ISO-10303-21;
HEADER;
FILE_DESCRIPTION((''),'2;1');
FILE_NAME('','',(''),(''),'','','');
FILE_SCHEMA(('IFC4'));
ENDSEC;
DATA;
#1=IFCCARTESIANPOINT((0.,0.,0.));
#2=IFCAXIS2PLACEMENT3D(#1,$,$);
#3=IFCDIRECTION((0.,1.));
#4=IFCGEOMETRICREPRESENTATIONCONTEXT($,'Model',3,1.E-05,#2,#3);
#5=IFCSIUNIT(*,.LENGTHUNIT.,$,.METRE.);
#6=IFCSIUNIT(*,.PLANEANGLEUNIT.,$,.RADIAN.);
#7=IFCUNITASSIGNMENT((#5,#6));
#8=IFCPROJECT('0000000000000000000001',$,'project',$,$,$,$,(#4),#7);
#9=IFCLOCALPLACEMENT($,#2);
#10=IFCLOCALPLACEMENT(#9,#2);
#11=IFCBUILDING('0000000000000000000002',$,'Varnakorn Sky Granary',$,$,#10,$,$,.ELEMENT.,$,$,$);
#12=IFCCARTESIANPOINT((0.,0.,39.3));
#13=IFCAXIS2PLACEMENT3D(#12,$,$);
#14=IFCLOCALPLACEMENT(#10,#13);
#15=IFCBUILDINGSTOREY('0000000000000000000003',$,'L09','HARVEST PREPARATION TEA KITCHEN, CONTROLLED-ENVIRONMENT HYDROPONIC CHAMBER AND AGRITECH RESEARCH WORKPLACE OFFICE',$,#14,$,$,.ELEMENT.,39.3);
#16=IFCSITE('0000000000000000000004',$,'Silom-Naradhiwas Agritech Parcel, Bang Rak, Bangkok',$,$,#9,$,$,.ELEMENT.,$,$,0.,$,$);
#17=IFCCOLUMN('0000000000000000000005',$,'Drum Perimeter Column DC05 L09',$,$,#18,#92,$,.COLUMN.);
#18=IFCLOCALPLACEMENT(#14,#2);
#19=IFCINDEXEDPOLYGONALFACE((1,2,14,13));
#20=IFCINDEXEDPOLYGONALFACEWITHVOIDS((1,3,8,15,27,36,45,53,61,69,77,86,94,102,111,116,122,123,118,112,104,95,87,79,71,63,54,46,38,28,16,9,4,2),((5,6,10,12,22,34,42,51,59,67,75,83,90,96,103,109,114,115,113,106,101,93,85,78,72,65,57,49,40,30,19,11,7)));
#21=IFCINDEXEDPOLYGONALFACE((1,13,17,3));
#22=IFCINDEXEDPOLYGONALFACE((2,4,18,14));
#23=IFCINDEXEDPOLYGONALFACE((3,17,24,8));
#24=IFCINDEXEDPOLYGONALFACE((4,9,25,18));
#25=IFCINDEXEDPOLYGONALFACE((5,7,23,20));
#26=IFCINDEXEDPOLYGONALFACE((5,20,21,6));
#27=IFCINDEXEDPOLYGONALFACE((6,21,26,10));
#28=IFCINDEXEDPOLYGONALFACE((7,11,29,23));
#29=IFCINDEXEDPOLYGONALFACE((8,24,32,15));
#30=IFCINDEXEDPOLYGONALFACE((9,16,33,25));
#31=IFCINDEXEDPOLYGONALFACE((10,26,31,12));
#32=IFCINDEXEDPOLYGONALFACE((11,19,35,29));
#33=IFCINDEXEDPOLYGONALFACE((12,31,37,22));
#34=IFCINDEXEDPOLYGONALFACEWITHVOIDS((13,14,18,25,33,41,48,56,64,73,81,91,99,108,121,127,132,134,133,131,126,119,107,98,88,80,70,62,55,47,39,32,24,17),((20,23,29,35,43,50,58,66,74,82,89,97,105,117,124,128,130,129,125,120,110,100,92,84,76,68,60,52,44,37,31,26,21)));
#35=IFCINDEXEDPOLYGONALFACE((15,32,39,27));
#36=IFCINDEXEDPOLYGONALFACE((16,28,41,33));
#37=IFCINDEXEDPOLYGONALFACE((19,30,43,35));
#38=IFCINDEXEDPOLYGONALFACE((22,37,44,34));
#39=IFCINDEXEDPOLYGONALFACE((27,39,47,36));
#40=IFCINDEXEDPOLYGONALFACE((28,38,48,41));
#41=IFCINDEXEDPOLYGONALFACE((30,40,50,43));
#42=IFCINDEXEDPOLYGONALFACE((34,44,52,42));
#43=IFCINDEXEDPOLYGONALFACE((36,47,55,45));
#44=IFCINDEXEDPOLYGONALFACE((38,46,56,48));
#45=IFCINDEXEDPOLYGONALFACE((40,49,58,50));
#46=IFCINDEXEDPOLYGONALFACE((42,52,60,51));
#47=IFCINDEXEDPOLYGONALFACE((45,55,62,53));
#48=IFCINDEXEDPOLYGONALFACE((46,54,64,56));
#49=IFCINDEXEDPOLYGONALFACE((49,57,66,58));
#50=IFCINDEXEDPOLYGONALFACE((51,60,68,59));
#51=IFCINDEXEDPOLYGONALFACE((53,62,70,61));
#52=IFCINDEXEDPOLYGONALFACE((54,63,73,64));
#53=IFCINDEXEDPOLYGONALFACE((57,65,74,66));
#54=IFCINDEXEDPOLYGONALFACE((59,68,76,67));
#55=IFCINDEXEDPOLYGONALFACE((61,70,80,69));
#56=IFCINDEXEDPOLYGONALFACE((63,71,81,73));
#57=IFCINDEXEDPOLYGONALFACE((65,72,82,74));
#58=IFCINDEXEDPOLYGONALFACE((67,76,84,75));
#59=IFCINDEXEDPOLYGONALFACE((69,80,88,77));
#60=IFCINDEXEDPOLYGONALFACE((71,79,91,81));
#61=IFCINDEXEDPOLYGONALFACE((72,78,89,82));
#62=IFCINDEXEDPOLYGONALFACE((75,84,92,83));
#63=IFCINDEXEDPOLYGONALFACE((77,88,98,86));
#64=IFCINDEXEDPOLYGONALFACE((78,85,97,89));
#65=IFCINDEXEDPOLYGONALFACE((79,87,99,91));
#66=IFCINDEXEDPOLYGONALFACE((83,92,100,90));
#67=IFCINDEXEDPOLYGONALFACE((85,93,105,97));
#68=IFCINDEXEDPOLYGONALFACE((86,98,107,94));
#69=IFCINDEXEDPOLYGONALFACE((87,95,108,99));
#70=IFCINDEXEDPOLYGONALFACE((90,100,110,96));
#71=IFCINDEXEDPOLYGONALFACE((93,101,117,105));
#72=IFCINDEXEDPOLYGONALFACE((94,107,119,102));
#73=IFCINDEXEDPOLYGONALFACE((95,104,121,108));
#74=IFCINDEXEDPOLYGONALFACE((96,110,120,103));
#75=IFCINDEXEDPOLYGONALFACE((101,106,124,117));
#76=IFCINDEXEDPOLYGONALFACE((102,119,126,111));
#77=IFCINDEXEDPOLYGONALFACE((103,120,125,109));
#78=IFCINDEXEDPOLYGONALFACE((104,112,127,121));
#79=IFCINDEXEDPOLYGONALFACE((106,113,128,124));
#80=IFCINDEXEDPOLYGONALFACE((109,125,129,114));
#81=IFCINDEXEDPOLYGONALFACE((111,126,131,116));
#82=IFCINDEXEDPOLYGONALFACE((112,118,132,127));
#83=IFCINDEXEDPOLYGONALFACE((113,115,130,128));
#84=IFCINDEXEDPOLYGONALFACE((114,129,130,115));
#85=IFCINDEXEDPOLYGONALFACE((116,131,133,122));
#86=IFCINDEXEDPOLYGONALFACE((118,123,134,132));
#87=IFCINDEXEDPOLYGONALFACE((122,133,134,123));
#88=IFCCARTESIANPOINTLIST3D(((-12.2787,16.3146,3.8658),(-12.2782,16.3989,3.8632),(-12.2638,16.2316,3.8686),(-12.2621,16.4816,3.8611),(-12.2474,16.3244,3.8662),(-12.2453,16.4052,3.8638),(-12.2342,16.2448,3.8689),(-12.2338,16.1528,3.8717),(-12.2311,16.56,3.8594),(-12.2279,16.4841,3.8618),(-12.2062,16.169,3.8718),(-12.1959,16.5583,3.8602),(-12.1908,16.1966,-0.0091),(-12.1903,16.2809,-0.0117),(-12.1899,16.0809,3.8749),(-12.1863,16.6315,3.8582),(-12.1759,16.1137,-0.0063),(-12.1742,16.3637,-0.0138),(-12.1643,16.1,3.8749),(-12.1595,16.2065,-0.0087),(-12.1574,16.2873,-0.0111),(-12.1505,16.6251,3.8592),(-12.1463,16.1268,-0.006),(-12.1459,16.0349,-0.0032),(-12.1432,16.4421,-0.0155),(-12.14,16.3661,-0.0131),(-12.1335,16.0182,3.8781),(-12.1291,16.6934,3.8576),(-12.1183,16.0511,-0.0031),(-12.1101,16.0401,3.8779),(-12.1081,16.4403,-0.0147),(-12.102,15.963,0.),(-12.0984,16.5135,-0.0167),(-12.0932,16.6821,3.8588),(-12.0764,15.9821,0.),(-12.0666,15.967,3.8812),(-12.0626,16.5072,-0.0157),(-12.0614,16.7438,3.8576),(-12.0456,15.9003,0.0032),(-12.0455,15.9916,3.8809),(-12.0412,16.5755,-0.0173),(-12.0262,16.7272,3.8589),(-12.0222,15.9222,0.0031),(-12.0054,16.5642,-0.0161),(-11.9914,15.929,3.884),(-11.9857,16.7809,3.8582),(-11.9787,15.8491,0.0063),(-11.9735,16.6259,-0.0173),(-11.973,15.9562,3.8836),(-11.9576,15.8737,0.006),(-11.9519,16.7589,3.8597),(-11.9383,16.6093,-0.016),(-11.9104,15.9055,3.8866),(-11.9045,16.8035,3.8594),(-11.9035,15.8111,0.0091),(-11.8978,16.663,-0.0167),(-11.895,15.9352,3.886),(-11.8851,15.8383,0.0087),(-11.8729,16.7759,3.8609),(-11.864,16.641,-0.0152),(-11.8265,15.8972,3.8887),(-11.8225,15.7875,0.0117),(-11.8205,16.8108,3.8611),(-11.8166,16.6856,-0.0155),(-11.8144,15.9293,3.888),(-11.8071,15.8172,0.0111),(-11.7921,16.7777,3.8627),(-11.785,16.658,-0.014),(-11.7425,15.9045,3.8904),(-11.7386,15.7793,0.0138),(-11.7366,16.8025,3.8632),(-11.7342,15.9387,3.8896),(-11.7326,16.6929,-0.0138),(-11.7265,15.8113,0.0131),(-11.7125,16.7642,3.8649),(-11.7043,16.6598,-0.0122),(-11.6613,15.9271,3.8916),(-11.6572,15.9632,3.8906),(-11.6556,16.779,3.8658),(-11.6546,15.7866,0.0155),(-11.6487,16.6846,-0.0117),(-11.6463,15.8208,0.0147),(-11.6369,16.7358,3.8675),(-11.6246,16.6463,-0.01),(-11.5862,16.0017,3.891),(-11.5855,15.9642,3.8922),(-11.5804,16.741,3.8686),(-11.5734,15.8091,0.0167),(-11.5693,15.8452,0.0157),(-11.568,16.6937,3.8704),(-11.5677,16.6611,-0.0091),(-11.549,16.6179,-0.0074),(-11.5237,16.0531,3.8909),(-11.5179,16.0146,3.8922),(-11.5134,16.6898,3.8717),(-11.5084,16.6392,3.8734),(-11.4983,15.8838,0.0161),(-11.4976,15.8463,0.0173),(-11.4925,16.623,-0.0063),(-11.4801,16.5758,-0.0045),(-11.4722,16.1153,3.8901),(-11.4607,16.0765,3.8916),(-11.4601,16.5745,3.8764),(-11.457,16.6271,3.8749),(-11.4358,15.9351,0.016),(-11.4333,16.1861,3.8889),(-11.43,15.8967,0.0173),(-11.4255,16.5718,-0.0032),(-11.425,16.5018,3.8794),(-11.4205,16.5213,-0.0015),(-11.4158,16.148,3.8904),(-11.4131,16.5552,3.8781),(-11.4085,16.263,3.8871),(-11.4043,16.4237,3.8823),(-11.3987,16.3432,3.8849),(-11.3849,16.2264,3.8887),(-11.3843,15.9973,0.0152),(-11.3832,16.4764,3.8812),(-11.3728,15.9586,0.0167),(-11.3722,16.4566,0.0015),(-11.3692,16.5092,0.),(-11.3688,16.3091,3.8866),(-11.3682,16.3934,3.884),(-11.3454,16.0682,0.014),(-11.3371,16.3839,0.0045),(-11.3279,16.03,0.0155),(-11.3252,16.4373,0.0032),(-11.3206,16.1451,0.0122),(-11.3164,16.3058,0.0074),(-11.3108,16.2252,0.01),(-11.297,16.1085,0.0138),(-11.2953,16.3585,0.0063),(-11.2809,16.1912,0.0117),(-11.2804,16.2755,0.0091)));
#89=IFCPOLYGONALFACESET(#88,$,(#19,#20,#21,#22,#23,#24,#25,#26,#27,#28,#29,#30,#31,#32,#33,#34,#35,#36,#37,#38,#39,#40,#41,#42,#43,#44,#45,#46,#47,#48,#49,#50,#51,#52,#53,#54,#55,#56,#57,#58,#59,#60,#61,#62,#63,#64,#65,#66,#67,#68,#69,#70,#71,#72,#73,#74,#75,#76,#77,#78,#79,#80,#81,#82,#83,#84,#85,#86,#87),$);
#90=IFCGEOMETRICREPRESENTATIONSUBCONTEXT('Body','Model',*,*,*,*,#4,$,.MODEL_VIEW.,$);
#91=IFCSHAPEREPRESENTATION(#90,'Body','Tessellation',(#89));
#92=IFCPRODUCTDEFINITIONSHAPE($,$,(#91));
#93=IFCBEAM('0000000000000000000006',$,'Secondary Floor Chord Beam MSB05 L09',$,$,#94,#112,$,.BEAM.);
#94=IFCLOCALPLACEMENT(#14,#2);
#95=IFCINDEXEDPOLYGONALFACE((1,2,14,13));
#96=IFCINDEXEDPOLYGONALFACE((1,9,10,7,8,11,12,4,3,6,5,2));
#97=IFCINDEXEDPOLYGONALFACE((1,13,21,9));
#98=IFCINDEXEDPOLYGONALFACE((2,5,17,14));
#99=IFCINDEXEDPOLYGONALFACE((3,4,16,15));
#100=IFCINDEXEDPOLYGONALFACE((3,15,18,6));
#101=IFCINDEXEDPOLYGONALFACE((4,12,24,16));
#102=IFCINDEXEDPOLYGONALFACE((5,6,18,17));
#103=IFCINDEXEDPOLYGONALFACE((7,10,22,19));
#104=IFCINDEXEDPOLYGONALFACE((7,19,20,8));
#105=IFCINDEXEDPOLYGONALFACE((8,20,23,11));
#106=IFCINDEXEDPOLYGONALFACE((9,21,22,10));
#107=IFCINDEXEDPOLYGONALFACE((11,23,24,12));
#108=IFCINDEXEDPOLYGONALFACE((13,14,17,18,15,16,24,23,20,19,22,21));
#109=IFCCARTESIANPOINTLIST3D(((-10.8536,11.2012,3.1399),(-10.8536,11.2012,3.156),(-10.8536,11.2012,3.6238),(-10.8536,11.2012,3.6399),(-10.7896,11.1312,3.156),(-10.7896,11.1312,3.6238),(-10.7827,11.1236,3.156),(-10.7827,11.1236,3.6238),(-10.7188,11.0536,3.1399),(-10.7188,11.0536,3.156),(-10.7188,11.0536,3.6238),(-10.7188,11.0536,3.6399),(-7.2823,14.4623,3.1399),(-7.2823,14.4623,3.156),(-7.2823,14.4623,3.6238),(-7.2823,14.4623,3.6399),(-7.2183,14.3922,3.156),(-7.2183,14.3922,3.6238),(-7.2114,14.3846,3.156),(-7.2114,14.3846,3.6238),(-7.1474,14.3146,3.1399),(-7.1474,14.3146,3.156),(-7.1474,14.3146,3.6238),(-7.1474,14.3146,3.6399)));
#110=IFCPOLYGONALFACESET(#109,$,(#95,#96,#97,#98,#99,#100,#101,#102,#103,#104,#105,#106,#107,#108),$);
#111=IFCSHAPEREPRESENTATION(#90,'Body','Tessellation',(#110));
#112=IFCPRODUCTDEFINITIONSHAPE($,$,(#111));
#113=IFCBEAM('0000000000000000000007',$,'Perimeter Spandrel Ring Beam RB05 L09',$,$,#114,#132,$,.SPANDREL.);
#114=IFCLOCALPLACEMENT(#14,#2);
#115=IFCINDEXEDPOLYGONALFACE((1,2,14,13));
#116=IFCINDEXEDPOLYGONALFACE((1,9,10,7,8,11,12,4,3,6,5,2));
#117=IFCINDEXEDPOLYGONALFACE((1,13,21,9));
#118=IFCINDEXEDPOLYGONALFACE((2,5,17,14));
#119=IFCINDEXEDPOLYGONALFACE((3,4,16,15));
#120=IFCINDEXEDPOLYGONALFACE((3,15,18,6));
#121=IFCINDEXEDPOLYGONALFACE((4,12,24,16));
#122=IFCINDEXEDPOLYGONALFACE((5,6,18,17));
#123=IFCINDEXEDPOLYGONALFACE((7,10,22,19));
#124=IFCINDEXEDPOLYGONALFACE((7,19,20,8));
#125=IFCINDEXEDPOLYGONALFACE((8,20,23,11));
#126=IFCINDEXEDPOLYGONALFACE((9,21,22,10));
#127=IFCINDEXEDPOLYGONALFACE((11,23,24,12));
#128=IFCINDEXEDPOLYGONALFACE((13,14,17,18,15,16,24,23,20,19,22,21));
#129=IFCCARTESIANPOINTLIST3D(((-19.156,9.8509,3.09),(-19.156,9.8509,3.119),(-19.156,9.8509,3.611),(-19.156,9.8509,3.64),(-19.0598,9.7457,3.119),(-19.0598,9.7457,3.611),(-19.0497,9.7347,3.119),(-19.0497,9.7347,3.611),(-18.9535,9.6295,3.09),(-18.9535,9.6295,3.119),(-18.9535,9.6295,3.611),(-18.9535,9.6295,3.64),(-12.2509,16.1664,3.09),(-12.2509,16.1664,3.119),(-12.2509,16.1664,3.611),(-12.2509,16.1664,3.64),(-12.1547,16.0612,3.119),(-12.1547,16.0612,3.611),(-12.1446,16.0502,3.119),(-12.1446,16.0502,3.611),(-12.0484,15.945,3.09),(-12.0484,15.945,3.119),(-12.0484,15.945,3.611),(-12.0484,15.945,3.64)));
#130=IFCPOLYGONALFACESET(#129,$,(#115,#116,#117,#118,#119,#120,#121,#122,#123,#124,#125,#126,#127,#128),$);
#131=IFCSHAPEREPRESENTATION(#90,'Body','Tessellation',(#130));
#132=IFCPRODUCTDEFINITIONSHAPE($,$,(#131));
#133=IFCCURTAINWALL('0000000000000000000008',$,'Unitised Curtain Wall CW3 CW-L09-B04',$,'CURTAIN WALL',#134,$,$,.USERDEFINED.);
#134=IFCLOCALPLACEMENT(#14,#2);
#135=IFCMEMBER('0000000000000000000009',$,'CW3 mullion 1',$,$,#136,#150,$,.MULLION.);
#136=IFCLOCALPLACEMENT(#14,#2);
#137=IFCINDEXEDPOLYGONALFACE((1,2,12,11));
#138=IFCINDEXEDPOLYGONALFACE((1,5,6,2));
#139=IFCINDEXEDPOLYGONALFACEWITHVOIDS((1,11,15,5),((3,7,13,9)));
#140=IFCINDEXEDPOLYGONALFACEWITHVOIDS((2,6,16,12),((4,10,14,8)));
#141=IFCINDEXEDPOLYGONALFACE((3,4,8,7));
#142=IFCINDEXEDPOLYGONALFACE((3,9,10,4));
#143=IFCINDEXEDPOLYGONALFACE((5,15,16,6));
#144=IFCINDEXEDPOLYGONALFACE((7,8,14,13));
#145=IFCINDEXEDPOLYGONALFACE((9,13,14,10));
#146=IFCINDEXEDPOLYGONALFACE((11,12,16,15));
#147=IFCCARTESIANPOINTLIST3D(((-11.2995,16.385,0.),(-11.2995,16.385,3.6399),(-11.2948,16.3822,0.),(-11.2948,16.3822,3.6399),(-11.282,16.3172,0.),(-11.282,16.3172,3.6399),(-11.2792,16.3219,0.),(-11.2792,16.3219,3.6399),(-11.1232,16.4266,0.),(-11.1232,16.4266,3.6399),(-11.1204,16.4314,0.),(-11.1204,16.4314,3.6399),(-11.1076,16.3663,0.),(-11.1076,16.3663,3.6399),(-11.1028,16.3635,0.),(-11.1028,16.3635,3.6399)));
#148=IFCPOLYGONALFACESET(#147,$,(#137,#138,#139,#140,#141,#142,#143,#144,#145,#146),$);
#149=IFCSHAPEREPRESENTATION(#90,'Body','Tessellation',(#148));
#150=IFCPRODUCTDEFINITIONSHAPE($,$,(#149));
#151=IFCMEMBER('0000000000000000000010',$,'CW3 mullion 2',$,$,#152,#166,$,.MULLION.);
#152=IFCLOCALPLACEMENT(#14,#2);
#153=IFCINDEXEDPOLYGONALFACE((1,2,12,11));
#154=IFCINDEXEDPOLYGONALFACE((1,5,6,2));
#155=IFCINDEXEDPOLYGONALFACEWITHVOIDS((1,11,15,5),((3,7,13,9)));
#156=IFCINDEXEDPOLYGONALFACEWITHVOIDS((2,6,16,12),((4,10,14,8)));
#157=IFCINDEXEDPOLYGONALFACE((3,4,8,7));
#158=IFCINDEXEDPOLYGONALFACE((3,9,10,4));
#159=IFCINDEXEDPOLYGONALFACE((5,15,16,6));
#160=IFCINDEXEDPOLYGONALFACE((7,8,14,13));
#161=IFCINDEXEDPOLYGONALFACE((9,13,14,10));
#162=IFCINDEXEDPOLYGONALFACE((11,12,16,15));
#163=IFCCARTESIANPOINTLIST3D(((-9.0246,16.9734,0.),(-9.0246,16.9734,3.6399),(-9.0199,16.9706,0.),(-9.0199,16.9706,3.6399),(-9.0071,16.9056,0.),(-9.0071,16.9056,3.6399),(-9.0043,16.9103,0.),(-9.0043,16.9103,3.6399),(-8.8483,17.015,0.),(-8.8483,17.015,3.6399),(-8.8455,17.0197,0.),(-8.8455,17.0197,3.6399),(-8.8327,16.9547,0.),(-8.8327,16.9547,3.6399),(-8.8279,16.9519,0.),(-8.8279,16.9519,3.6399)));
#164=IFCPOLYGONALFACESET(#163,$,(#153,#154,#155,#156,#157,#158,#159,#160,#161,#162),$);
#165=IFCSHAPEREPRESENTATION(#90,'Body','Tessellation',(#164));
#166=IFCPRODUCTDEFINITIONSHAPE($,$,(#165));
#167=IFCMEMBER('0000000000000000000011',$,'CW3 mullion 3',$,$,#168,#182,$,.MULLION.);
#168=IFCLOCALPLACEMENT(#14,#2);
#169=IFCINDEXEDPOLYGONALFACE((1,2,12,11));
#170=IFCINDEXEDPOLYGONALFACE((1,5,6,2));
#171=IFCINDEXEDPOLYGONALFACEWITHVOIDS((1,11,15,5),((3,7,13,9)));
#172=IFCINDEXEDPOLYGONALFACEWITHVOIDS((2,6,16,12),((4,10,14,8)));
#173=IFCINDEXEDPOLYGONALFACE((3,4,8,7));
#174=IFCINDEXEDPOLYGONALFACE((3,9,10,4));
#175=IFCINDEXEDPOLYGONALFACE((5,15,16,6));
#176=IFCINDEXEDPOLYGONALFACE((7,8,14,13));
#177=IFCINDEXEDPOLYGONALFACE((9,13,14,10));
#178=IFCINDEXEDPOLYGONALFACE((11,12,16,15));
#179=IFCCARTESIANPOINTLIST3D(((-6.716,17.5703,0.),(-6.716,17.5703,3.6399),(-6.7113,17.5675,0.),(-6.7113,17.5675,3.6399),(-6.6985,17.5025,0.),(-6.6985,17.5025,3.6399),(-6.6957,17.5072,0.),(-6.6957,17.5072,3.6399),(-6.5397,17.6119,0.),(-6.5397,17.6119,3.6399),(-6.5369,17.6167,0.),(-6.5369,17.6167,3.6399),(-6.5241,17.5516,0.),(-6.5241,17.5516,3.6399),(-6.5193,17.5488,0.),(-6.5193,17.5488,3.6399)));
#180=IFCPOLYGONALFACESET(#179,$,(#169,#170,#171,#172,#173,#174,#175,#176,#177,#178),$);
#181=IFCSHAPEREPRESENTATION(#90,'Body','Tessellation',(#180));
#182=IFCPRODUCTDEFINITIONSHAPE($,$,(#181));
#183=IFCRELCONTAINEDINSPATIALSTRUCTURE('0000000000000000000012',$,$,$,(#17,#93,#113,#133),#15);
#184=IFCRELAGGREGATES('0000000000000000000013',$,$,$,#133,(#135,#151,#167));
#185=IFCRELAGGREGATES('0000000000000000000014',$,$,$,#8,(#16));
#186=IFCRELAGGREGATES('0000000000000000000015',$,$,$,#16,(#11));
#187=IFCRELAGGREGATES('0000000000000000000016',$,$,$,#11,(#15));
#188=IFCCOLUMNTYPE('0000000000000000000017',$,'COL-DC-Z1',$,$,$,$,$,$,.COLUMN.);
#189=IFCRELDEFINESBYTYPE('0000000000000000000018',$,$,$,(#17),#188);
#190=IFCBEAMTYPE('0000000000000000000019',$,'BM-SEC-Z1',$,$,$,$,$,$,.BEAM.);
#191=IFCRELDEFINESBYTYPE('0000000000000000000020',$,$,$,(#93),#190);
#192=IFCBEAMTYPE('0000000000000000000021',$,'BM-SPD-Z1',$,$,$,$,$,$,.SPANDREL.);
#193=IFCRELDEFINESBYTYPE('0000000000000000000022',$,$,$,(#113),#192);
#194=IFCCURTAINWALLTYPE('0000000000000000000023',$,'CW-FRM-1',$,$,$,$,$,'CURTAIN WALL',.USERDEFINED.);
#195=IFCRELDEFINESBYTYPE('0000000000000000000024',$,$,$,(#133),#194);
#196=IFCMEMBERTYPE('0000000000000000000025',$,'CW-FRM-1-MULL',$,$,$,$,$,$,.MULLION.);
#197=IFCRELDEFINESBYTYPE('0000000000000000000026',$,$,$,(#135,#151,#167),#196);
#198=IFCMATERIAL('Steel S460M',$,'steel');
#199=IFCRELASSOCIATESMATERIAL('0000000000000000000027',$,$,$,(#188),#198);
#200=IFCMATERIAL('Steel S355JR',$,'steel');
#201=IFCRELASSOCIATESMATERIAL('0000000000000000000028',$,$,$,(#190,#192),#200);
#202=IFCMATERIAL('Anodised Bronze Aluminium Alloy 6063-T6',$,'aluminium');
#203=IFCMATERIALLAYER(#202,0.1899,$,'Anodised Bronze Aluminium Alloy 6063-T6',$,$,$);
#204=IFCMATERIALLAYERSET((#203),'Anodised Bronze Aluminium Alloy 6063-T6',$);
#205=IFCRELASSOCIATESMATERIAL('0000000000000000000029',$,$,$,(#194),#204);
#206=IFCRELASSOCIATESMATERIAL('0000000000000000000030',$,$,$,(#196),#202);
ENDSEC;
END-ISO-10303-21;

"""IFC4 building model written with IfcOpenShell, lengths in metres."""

from ifc_helpers import new_model, si_unit, direction, frame, origin, origin_2d, place, context, subcontext, project, spatial, hollow_rectangle, hollow_circle, i_section, extrude, material, layer, layer_set, material_profile, profile_set, type_object, element, aggregate, save


model = new_model("IFC4")

# Units and contexts
model_context = context("Model", 3, precision=1e-05, world=origin(), true_north=direction((0.0, 1.0)))
body_context = subcontext(model_context, "Body", "Model", "MODEL_VIEW")
ifc_project = project(units=[si_unit("LENGTHUNIT", "METRE"), si_unit("PLANEANGLEUNIT", "RADIAN")], contexts=[model_context])

# Site, building, storey
site_placement = place(None, origin())
site = spatial("IfcSite", under=ifc_project, at=site_placement, Name="Silom-Naradhiwas Agritech Parcel, Bang Rak, Bangkok", CompositionType="ELEMENT", RefElevation=0.0)
building_placement = place(site_placement, origin())
building = spatial("IfcBuilding", under=site, at=building_placement, Name="Varnakorn Sky Granary", CompositionType="ELEMENT")
storey_placement = place(building_placement, frame((0.0, 0.0, 39.3)))
storey = spatial("IfcBuildingStorey", under=building, at=storey_placement, Name="L09", Description="HARVEST PREPARATION TEA KITCHEN, CONTROLLED-ENVIRONMENT HYDROPONIC CHAMBER AND AGRITECH RESEARCH WORKPLACE OFFICE", CompositionType="ELEMENT", Elevation=39.3)

# Column
ifc_material_1 = material(Name="Steel S460M", Category="steel")
ifc_material_profile_1 = material_profile(ifc_material_1, hollow_circle(Radius=0.457, WallThickness=0.032, at=origin_2d()), Name="CHS 914x32")
ifc_profile_set_1 = profile_set([ifc_material_profile_1], Name="Steel S460M")
column_type = type_object("IfcColumnType", Name="COL-DC-Z1", PredefinedType="COLUMN", material=ifc_profile_set_1)
column_placement = place(storey_placement, frame((-11.7356, 16.2361, 0.0), z_axis=(-0.022665, 0.030409, 0.999281), x_axis=(-0.801789, -0.597607, 0.0)))
element("IfcColumn", 1, at=column_placement, inside=storey, type_object=column_type, Name="Drum Perimeter Column DC05 L09", PredefinedType="COLUMN", context=body_context, shape_type="SweptSolid", body=[
    extrude(hollow_circle(Radius=0.457, WallThickness=0.032, at=origin_2d()), origin(), (0.0, 0.0, 1.0), 3.8777),
])

# Beams
ifc_material_2 = material(Name="Steel S355JR", Category="steel")
ifc_material_profile_2 = material_profile(ifc_material_2, i_section(OverallWidth=0.2, OverallDepth=0.5, WebThickness=0.0103, FlangeThickness=0.0161, at=origin_2d()), Name="IPE 500")
ifc_profile_set_2 = profile_set([ifc_material_profile_2], Name="Steel S355JR")
beam_type_1 = type_object("IfcBeamType", Name="BM-SEC-Z1", PredefinedType="BEAM", material=ifc_profile_set_2)
beam_1_placement = place(storey_placement, frame((-7.2148, 14.3884, 3.3899), z_axis=(-0.73846, -0.674297, 0.0), x_axis=(0.674297, -0.73846, 0.0)))
element("IfcBeam", 2, at=beam_1_placement, inside=storey, type_object=beam_type_1, Name="Secondary Floor Chord Beam MSB05 L09", PredefinedType="BEAM", context=body_context, shape_type="SweptSolid", body=[
    extrude(i_section(OverallWidth=0.2, OverallDepth=0.5, WebThickness=0.0103, FlangeThickness=0.0161, at=origin_2d()), origin(), (0.0, 0.0, 1.0), 4.8362),
])
ifc_material_profile_3 = material_profile(ifc_material_2, i_section(OverallWidth=0.3, OverallDepth=0.55, WebThickness=0.0149, FlangeThickness=0.0291, at=origin_2d()), Name="HE 550 B")
ifc_profile_set_3 = profile_set([ifc_material_profile_3], Name="Steel S355JR")
beam_type_2 = type_object("IfcBeamType", Name="BM-SPD-Z1", PredefinedType="SPANDREL", material=ifc_profile_set_3)
beam_2_placement = place(storey_placement, frame((-12.1497, 16.0557, 3.365), z_axis=(-0.737909, -0.674901, 0.0), x_axis=(0.674901, -0.737909, 0.0)))
element("IfcBeam", 3, at=beam_2_placement, inside=storey, type_object=beam_type_2, Name="Perimeter Spandrel Ring Beam RB05 L09", PredefinedType="SPANDREL", context=body_context, shape_type="SweptSolid", body=[
    extrude(i_section(OverallWidth=0.3, OverallDepth=0.55, WebThickness=0.0149, FlangeThickness=0.0291, at=origin_2d()), origin(), (0.0, 0.0, 1.0), 9.3577),
])

# Curtain wall, members
ifc_material_3 = material(Name="Anodised Bronze Aluminium Alloy 6063-T6", Category="aluminium")
ifc_layer_1 = layer(ifc_material_3, 0.1899, Name="Anodised Bronze Aluminium Alloy 6063-T6")
ifc_layer_set_1 = layer_set([ifc_layer_1], Name="Anodised Bronze Aluminium Alloy 6063-T6")
curtain_wall_type = type_object("IfcCurtainWallType", Name="CW-FRM-1", ElementType="CURTAIN WALL", PredefinedType="USERDEFINED", material=ifc_layer_set_1)
curtain_wall_1_placement = place(storey_placement, origin())
curtain_wall_1 = element("IfcCurtainWall", 4, at=curtain_wall_1_placement, inside=storey, type_object=curtain_wall_type, Name="Unitised Curtain Wall CW3 CW-L09-B04", ObjectType="CURTAIN WALL", PredefinedType="USERDEFINED")
ifc_material_profile_4 = material_profile(ifc_material_3, hollow_rectangle(XDim=0.0701, YDim=0.1851, WallThickness=0.0039, at=origin_2d()), Name="ALU MULL 70x185")
ifc_profile_set_4 = profile_set([ifc_material_profile_4], Name="Anodised Bronze Aluminium Alloy 6063-T6")
member_type_1 = type_object("IfcMemberType", Name="CW-FRM-1-MULL", PredefinedType="MULLION", material=ifc_profile_set_4)
member_1_placement = place(storey_placement, frame((-11.2012, 16.3743, 0.0), z_axis=(0.0, 0.0, 1.0), x_axis=(-0.25036, 0.968153, 0.0)))
member_1 = element("IfcMember", 5, at=member_1_placement, type_object=member_type_1, Name="CW3 mullion 1", PredefinedType="MULLION", context=body_context, shape_type="SweptSolid", body=[
    extrude(hollow_rectangle(XDim=0.0701, YDim=0.1851, WallThickness=0.0039, at=origin_2d()), origin(), (0.0, 0.0, 1.0), 3.6399),
])
member_2_placement = place(storey_placement, frame((-8.9263, 16.9626, 0.0), z_axis=(0.0, 0.0, 1.0), x_axis=(-0.25036, 0.968153, 0.0)))
member_2 = element("IfcMember", 6, at=member_2_placement, type_object=member_type_1, Name="CW3 mullion 2", PredefinedType="MULLION", context=body_context, shape_type="SweptSolid", body=[
    extrude(hollow_rectangle(XDim=0.0701, YDim=0.1851, WallThickness=0.0039, at=origin_2d()), origin(), (0.0, 0.0, 1.0), 3.6399),
])
member_3_placement = place(storey_placement, frame((-6.6177, 17.5596, 0.0), z_axis=(0.0, 0.0, 1.0), x_axis=(-0.25036, 0.968153, 0.0)))
member_3 = element("IfcMember", 7, at=member_3_placement, type_object=member_type_1, Name="CW3 mullion 3", PredefinedType="MULLION", context=body_context, shape_type="SweptSolid", body=[
    extrude(hollow_rectangle(XDim=0.0701, YDim=0.1851, WallThickness=0.0039, at=origin_2d()), origin(), (0.0, 0.0, 1.0), 3.6399),
])

aggregate(curtain_wall_1, [member_1, member_2, member_3])

save(model, "model.ifc")
